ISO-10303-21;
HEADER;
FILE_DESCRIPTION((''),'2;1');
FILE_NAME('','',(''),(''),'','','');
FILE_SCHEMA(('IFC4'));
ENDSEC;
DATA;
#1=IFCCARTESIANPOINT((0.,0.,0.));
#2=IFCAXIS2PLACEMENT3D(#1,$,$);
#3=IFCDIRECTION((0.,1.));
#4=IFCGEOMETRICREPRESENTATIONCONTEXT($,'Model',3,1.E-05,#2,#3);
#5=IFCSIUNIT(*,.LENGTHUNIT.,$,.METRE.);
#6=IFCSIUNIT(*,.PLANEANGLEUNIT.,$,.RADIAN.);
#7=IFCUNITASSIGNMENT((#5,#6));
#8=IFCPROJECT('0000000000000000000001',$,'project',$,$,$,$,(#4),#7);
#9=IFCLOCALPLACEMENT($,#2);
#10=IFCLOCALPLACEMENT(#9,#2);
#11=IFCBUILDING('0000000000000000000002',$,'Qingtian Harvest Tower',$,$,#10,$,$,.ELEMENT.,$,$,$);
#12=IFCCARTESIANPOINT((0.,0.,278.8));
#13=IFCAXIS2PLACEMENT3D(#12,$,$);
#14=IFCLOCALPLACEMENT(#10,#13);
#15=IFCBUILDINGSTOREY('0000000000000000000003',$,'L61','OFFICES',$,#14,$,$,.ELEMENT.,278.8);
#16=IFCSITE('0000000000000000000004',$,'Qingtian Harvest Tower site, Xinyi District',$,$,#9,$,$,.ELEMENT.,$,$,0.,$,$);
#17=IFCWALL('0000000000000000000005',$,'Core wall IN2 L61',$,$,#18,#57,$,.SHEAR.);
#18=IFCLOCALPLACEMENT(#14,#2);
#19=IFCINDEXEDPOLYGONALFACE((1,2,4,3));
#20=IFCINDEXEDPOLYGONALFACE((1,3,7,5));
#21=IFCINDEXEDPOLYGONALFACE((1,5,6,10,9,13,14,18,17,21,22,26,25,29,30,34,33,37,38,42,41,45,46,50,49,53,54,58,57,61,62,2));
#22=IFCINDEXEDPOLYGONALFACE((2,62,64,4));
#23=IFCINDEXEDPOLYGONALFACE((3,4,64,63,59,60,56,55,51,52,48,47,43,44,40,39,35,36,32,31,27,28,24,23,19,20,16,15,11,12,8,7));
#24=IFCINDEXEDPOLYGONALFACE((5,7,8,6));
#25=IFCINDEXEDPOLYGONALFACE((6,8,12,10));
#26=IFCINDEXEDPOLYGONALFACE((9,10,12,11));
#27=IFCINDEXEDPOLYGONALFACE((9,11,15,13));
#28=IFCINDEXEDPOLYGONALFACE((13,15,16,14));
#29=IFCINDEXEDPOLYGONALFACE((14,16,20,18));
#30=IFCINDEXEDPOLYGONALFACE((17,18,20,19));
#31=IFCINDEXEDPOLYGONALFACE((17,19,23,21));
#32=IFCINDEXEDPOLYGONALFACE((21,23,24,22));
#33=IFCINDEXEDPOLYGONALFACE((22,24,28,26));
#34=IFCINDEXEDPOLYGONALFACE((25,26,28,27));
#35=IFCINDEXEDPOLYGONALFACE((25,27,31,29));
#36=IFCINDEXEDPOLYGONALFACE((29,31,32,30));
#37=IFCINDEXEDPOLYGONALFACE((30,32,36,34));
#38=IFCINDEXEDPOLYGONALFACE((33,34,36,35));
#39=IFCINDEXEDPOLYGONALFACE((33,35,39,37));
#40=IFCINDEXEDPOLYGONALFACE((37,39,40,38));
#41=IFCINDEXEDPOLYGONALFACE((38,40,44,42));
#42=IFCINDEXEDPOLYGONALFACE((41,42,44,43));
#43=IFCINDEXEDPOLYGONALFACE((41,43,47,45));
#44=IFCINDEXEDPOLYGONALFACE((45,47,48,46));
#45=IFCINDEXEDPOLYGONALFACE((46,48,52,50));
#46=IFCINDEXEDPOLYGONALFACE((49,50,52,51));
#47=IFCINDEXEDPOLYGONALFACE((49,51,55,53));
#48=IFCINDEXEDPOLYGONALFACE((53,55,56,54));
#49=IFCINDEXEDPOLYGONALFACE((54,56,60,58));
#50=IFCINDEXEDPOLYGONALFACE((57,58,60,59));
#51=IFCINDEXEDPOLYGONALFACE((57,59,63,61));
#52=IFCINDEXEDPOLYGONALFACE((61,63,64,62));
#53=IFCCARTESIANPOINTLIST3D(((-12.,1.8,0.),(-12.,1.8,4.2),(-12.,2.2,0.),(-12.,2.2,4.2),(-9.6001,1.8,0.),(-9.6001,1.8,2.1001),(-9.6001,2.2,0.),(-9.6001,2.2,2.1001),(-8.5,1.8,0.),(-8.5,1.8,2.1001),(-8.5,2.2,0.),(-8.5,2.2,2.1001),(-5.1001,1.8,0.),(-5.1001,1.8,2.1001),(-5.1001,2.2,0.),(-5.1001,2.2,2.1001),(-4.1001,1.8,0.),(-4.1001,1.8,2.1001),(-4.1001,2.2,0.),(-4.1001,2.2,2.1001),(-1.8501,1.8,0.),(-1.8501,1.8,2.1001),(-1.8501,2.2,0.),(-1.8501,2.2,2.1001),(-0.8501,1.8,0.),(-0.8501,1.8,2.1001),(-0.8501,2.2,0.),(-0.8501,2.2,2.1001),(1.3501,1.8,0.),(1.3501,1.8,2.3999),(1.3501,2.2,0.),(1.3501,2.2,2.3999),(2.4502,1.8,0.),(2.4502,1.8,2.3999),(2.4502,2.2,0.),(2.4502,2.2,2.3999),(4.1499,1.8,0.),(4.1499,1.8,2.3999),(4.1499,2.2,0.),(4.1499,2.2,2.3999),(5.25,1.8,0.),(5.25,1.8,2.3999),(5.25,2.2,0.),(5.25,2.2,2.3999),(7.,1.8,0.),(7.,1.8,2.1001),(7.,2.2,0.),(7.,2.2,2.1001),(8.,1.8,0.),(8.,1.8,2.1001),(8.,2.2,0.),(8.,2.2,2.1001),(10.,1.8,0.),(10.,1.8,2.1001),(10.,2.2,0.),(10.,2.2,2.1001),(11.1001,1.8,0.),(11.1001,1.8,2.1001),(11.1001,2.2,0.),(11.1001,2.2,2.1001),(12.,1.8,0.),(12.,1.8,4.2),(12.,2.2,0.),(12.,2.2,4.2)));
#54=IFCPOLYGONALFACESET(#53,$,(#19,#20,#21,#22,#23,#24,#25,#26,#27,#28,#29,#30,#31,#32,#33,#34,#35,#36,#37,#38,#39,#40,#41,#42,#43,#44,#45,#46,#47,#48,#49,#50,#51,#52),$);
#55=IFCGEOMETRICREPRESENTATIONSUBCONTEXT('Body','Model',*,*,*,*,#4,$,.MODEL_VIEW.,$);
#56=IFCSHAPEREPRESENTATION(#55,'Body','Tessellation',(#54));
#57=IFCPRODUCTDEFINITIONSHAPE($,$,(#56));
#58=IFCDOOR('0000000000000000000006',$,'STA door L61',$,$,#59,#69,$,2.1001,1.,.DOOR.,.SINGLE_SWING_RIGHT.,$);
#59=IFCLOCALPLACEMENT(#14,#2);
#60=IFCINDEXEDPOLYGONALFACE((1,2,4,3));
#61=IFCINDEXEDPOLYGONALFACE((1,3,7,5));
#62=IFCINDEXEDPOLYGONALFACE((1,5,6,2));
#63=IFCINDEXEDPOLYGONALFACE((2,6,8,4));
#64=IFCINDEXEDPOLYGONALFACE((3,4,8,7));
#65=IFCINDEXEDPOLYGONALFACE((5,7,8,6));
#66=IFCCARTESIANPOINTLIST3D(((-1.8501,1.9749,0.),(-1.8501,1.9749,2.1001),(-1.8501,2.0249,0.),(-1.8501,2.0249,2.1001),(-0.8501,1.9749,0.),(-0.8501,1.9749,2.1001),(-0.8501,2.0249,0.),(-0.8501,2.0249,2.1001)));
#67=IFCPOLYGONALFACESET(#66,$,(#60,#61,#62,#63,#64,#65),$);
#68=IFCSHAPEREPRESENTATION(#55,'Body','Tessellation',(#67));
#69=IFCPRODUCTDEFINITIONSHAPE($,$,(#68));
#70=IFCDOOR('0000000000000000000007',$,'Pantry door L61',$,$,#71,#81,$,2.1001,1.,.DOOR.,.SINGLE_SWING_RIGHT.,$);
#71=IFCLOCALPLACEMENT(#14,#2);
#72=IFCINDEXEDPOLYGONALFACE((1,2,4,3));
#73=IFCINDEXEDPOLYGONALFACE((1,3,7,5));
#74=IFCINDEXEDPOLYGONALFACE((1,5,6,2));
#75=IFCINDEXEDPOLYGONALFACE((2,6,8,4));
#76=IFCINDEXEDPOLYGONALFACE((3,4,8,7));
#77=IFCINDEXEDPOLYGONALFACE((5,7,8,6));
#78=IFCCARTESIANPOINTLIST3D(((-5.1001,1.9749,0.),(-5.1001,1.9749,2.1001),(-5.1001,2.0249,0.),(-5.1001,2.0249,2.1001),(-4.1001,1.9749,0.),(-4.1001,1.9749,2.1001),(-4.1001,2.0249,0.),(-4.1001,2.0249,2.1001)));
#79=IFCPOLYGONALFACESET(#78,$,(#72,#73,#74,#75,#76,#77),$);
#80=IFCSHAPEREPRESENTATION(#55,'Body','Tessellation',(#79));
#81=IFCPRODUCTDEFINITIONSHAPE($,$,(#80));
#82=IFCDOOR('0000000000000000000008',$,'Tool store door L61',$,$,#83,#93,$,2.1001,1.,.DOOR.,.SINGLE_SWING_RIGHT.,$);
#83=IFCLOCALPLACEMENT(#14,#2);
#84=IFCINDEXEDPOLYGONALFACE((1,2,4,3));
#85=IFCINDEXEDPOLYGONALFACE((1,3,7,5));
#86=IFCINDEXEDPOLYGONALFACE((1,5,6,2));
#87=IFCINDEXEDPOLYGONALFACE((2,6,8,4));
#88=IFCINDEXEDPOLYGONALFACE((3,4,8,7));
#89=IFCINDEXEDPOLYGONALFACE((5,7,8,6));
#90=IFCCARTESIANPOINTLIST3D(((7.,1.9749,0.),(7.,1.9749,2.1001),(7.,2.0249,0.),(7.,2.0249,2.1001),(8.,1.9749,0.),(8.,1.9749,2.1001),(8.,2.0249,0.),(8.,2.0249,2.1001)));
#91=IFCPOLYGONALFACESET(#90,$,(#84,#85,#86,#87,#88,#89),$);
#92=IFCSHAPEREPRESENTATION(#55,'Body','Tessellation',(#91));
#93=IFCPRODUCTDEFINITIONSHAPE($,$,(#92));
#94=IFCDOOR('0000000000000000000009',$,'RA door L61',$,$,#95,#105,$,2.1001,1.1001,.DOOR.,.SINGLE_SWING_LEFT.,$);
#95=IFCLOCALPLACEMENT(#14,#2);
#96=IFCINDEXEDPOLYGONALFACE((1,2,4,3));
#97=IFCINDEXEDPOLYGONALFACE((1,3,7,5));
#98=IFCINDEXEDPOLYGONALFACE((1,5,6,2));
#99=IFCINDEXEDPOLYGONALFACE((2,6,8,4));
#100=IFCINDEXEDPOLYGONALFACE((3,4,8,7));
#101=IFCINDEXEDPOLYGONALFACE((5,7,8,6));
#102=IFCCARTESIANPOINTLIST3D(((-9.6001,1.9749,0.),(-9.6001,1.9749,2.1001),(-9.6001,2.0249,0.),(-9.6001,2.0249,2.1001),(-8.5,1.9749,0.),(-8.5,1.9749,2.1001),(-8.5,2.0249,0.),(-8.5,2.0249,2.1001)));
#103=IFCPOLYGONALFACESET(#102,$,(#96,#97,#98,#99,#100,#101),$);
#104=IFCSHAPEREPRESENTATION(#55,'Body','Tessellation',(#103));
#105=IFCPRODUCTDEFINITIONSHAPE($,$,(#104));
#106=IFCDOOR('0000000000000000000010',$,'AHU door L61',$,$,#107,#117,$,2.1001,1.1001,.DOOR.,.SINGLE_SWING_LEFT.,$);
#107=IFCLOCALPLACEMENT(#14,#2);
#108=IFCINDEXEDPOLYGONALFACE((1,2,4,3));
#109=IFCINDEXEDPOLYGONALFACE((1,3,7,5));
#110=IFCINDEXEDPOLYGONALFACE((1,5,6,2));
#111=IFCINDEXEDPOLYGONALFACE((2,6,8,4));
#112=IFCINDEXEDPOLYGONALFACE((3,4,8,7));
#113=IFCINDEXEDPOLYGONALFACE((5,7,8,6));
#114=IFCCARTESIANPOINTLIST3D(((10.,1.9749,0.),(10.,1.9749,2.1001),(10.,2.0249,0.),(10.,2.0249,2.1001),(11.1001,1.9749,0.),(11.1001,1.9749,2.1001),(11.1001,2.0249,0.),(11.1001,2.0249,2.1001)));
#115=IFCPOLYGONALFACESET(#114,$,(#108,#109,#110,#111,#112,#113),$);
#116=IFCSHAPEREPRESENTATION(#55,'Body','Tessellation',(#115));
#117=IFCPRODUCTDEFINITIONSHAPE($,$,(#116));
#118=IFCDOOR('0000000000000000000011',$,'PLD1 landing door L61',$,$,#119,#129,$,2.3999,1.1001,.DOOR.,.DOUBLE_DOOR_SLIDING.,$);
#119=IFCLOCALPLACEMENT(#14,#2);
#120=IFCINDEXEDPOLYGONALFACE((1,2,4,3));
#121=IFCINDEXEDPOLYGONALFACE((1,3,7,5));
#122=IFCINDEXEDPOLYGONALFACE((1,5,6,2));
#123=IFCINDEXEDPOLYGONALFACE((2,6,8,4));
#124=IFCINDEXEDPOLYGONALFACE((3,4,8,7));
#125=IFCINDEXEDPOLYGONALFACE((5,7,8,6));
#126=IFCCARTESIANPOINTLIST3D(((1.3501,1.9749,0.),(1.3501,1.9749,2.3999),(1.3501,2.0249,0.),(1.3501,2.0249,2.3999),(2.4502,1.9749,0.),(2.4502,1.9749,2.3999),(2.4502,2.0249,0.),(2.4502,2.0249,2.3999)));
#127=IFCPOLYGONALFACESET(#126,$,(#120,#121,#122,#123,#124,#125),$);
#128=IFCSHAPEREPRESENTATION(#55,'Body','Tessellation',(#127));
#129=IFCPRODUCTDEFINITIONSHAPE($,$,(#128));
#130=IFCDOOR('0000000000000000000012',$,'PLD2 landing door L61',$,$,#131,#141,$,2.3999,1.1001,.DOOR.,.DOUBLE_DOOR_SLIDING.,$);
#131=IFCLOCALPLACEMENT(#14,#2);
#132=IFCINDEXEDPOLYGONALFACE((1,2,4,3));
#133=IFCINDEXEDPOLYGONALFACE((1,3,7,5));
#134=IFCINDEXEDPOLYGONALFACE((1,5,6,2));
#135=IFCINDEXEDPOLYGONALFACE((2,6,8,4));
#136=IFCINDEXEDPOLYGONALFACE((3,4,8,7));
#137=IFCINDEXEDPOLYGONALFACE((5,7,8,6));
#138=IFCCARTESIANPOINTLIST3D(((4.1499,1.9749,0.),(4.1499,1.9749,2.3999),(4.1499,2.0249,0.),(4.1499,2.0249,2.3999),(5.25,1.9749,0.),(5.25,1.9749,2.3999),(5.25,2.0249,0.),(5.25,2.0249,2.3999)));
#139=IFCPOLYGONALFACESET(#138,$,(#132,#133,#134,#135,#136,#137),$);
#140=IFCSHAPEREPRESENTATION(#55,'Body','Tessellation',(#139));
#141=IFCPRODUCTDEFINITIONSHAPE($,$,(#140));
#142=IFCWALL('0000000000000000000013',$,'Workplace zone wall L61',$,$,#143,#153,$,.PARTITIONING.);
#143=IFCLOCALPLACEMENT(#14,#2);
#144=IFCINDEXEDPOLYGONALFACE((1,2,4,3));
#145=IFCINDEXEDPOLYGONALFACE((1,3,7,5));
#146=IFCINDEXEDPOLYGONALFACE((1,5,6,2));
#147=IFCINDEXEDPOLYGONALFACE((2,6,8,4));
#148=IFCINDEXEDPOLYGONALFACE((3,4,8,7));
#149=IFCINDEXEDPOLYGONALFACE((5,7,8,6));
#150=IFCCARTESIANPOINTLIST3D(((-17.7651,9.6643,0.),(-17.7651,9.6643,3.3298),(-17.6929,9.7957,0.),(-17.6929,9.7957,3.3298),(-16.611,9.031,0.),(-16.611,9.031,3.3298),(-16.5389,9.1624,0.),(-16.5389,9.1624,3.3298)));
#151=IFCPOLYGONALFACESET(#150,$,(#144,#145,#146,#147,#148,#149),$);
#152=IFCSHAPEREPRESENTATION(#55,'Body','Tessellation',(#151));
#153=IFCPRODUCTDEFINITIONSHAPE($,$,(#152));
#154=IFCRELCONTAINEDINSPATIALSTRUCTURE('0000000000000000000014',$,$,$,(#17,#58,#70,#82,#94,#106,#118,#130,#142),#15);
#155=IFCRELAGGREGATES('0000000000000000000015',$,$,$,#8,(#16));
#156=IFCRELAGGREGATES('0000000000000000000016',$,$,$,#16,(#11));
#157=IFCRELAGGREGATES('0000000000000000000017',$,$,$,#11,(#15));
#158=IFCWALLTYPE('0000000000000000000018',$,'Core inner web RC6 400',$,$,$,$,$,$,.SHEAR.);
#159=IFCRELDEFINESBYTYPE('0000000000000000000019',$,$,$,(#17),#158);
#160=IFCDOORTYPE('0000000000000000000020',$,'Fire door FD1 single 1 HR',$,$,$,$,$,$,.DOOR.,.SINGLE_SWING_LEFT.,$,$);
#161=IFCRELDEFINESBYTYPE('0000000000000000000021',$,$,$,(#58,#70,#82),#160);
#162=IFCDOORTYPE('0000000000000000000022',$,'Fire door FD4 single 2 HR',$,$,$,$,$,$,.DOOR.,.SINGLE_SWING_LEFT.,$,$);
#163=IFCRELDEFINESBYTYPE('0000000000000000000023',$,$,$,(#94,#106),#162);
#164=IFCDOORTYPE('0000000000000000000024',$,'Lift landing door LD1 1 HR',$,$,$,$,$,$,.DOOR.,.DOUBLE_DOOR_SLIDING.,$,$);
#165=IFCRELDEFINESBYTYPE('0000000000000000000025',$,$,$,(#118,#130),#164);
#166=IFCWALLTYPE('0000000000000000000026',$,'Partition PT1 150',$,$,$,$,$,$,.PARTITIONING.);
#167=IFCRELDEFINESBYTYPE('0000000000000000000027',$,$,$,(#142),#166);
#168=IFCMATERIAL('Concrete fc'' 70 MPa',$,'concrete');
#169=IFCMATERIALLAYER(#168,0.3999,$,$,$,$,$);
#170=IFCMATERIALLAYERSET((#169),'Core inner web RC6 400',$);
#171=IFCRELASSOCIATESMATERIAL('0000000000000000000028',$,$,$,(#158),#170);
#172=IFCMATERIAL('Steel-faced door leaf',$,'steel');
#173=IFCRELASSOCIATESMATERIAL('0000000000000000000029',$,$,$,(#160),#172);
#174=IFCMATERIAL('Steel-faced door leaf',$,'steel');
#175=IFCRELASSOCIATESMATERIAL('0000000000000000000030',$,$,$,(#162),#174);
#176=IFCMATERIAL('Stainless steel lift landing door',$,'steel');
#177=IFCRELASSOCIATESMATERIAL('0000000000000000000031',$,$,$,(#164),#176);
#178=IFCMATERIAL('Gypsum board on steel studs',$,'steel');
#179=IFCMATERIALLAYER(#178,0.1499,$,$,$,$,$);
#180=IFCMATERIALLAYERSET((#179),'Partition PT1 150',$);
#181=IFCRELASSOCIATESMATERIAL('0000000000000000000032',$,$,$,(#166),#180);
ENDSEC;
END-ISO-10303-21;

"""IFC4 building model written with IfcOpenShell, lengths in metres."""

from ifc_helpers import new_model, si_unit, direction, frame, frame_2d, origin, place, context, subcontext, project, spatial, rectangle, extrude, material, layer, layer_set, type_object, element, fill, save


model = new_model("IFC4")

# Units and contexts
model_context = context("Model", 3, precision=1e-05, world=origin(), true_north=direction((0.0, 1.0)))
body_context = subcontext(model_context, "Body", "Model", "MODEL_VIEW")
ifc_project = project(units=[si_unit("LENGTHUNIT", "METRE"), si_unit("PLANEANGLEUNIT", "RADIAN")], contexts=[model_context])

# Site, building, storey
site_placement = place(None, origin())
site = spatial("IfcSite", under=ifc_project, at=site_placement, Name="Qingtian Harvest Tower site, Xinyi District", CompositionType="ELEMENT", RefElevation=0.0)
building_placement = place(site_placement, origin())
building = spatial("IfcBuilding", under=site, at=building_placement, Name="Qingtian Harvest Tower", CompositionType="ELEMENT")
storey_placement = place(building_placement, frame((0.0, 0.0, 278.8)))
storey = spatial("IfcBuildingStorey", under=building, at=storey_placement, Name="L61", Description="OFFICES", CompositionType="ELEMENT", Elevation=278.8)

# Wall, openings, doors
ifc_material_1 = material(Name="Concrete fc' 70 MPa", Category="concrete")
ifc_layer_1 = layer(ifc_material_1, 0.3999)
ifc_layer_set_1 = layer_set([ifc_layer_1], Name="Core inner web RC6 400")
wall_type_1 = type_object("IfcWallType", Name="Core inner web RC6 400", PredefinedType="SHEAR", material=ifc_layer_set_1)
wall_1_placement = place(storey_placement, frame((-12.0, 2.0, 0.0), z_axis=(0.0, 0.0, 1.0), x_axis=(1.0, 0.0, 0.0)))
wall_1 = element("IfcWall", 1, at=wall_1_placement, inside=storey, type_object=wall_type_1, Name="Core wall IN2 L61", PredefinedType="SHEAR", context=body_context, shape_type="SweptSolid", body=[
    extrude(rectangle(XDim=24.0, YDim=0.3999, at=frame_2d((12.0, 0.0))), origin(), (0.0, 0.0, 1.0), 4.2),
])
opening_1_placement = place(wall_1_placement, frame((2.3999, 0.0, 0.0)))
opening_1 = element("IfcOpeningElement", 2, at=opening_1_placement, cuts=wall_1, PredefinedType="OPENING", context=body_context, shape_type="SweptSolid", body=[
    extrude(rectangle(XDim=1.1001, YDim=2.1001, at=frame_2d((0.55, 1.05))), frame((0.0, 0.21, 0.0), z_axis=(0.0, -1.0, 0.0), x_axis=(1.0, 0.0, 0.0)), (0.0, 0.0, 1.0), 0.4199),
])
opening_2_placement = place(wall_1_placement, frame((22.0, 0.0, 0.0)))
opening_2 = element("IfcOpeningElement", 3, at=opening_2_placement, cuts=wall_1, PredefinedType="OPENING", context=body_context, shape_type="SweptSolid", body=[
    extrude(rectangle(XDim=1.1001, YDim=2.1001, at=frame_2d((0.55, 1.05))), frame((0.0, 0.21, 0.0), z_axis=(0.0, -1.0, 0.0), x_axis=(1.0, 0.0, 0.0)), (0.0, 0.0, 1.0), 0.4199),
])
opening_3_placement = place(wall_1_placement, frame((10.1499, 0.0, 0.0)))
opening_3 = element("IfcOpeningElement", 4, at=opening_3_placement, cuts=wall_1, PredefinedType="OPENING", context=body_context, shape_type="SweptSolid", body=[
    extrude(rectangle(XDim=1.0, YDim=2.1001, at=frame_2d((0.5, 1.05))), frame((0.0, 0.21, 0.0), z_axis=(0.0, -1.0, 0.0), x_axis=(1.0, 0.0, 0.0)), (0.0, 0.0, 1.0), 0.4199),
])
opening_4_placement = place(wall_1_placement, frame((6.8999, 0.0, 0.0)))
opening_4 = element("IfcOpeningElement", 5, at=opening_4_placement, cuts=wall_1, PredefinedType="OPENING", context=body_context, shape_type="SweptSolid", body=[
    extrude(rectangle(XDim=1.0, YDim=2.1001, at=frame_2d((0.5, 1.05))), frame((0.0, 0.21, 0.0), z_axis=(0.0, -1.0, 0.0), x_axis=(1.0, 0.0, 0.0)), (0.0, 0.0, 1.0), 0.4199),
])
opening_5_placement = place(wall_1_placement, frame((13.3501, 0.0, 0.0)))
opening_5 = element("IfcOpeningElement", 6, at=opening_5_placement, cuts=wall_1, PredefinedType="OPENING", context=body_context, shape_type="SweptSolid", body=[
    extrude(rectangle(XDim=1.1001, YDim=2.3999, at=frame_2d((0.55, 1.2))), frame((0.0, 0.21, 0.0), z_axis=(0.0, -1.0, 0.0), x_axis=(1.0, 0.0, 0.0)), (0.0, 0.0, 1.0), 0.4199),
])
opening_6_placement = place(wall_1_placement, frame((16.1499, 0.0, 0.0)))
opening_6 = element("IfcOpeningElement", 7, at=opening_6_placement, cuts=wall_1, PredefinedType="OPENING", context=body_context, shape_type="SweptSolid", body=[
    extrude(rectangle(XDim=1.1001, YDim=2.3999, at=frame_2d((0.55, 1.2))), frame((0.0, 0.21, 0.0), z_axis=(0.0, -1.0, 0.0), x_axis=(1.0, 0.0, 0.0)), (0.0, 0.0, 1.0), 0.4199),
])
opening_7_placement = place(wall_1_placement, frame((19.0, 0.0, 0.0)))
opening_7 = element("IfcOpeningElement", 8, at=opening_7_placement, cuts=wall_1, PredefinedType="OPENING", context=body_context, shape_type="SweptSolid", body=[
    extrude(rectangle(XDim=1.0, YDim=2.1001, at=frame_2d((0.5, 1.05))), frame((0.0, 0.21, 0.0), z_axis=(0.0, -1.0, 0.0), x_axis=(1.0, 0.0, 0.0)), (0.0, 0.0, 1.0), 0.4199),
])
ifc_material_2 = material(Name="Steel-faced door leaf", Category="steel")
door_type_1 = type_object("IfcDoorType", Name="Fire door FD1 single 1 HR", OperationType="SINGLE_SWING_LEFT", PredefinedType="DOOR", material=ifc_material_2)
door_1_placement = place(opening_3_placement, origin())
door_1 = element("IfcDoor", 9, at=door_1_placement, inside=storey, type_object=door_type_1, Name="STA door L61", OperationType="SINGLE_SWING_RIGHT", OverallHeight=2.1001, OverallWidth=1.0, PredefinedType="DOOR", context=body_context, shape_type="SweptSolid", body=[
    extrude(rectangle(XDim=1.0, YDim=2.1001, at=frame_2d((0.5, 1.05))), frame((0.0, 0.0249, 0.0), z_axis=(0.0, -1.0, 0.0), x_axis=(1.0, 0.0, 0.0)), (0.0, 0.0, 1.0), 0.05),
])
fill(opening_3, door_1)
door_2_placement = place(opening_4_placement, origin())
door_2 = element("IfcDoor", 10, at=door_2_placement, inside=storey, type_object=door_type_1, Name="Pantry door L61", OperationType="SINGLE_SWING_RIGHT", OverallHeight=2.1001, OverallWidth=1.0, PredefinedType="DOOR", context=body_context, shape_type="SweptSolid", body=[
    extrude(rectangle(XDim=1.0, YDim=2.1001, at=frame_2d((0.5, 1.05))), frame((0.0, 0.0249, 0.0), z_axis=(0.0, -1.0, 0.0), x_axis=(1.0, 0.0, 0.0)), (0.0, 0.0, 1.0), 0.05),
])
fill(opening_4, door_2)
door_3_placement = place(opening_7_placement, origin())
door_3 = element("IfcDoor", 11, at=door_3_placement, inside=storey, type_object=door_type_1, Name="Tool store door L61", OperationType="SINGLE_SWING_RIGHT", OverallHeight=2.1001, OverallWidth=1.0, PredefinedType="DOOR", context=body_context, shape_type="SweptSolid", body=[
    extrude(rectangle(XDim=1.0, YDim=2.1001, at=frame_2d((0.5, 1.05))), frame((0.0, 0.0249, 0.0), z_axis=(0.0, -1.0, 0.0), x_axis=(1.0, 0.0, 0.0)), (0.0, 0.0, 1.0), 0.05),
])
fill(opening_7, door_3)
ifc_material_3 = material(Name="Steel-faced door leaf", Category="steel")
door_type_2 = type_object("IfcDoorType", Name="Fire door FD4 single 2 HR", OperationType="SINGLE_SWING_LEFT", PredefinedType="DOOR", material=ifc_material_3)
door_4_placement = place(opening_1_placement, origin())
door_4 = element("IfcDoor", 12, at=door_4_placement, inside=storey, type_object=door_type_2, Name="RA door L61", OperationType="SINGLE_SWING_LEFT", OverallHeight=2.1001, OverallWidth=1.1001, PredefinedType="DOOR", context=body_context, shape_type="SweptSolid", body=[
    extrude(rectangle(XDim=1.1001, YDim=2.1001, at=frame_2d((0.55, 1.05))), frame((0.0, 0.0249, 0.0), z_axis=(0.0, -1.0, 0.0), x_axis=(1.0, 0.0, 0.0)), (0.0, 0.0, 1.0), 0.05),
])
fill(opening_1, door_4)
door_5_placement = place(opening_2_placement, origin())
door_5 = element("IfcDoor", 13, at=door_5_placement, inside=storey, type_object=door_type_2, Name="AHU door L61", OperationType="SINGLE_SWING_LEFT", OverallHeight=2.1001, OverallWidth=1.1001, PredefinedType="DOOR", context=body_context, shape_type="SweptSolid", body=[
    extrude(rectangle(XDim=1.1001, YDim=2.1001, at=frame_2d((0.55, 1.05))), frame((0.0, 0.0249, 0.0), z_axis=(0.0, -1.0, 0.0), x_axis=(1.0, 0.0, 0.0)), (0.0, 0.0, 1.0), 0.05),
])
fill(opening_2, door_5)
ifc_material_4 = material(Name="Stainless steel lift landing door", Category="steel")
door_type_3 = type_object("IfcDoorType", Name="Lift landing door LD1 1 HR", OperationType="DOUBLE_DOOR_SLIDING", PredefinedType="DOOR", material=ifc_material_4)
door_6_placement = place(opening_5_placement, origin())
door_6 = element("IfcDoor", 14, at=door_6_placement, inside=storey, type_object=door_type_3, Name="PLD1 landing door L61", OperationType="DOUBLE_DOOR_SLIDING", OverallHeight=2.3999, OverallWidth=1.1001, PredefinedType="DOOR", context=body_context, shape_type="SweptSolid", body=[
    extrude(rectangle(XDim=1.1001, YDim=2.3999, at=frame_2d((0.55, 1.2))), frame((0.0, 0.0249, 0.0), z_axis=(0.0, -1.0, 0.0), x_axis=(1.0, 0.0, 0.0)), (0.0, 0.0, 1.0), 0.05),
])
fill(opening_5, door_6)
door_7_placement = place(opening_6_placement, origin())
door_7 = element("IfcDoor", 15, at=door_7_placement, inside=storey, type_object=door_type_3, Name="PLD2 landing door L61", OperationType="DOUBLE_DOOR_SLIDING", OverallHeight=2.3999, OverallWidth=1.1001, PredefinedType="DOOR", context=body_context, shape_type="SweptSolid", body=[
    extrude(rectangle(XDim=1.1001, YDim=2.3999, at=frame_2d((0.55, 1.2))), frame((0.0, 0.0249, 0.0), z_axis=(0.0, -1.0, 0.0), x_axis=(1.0, 0.0, 0.0)), (0.0, 0.0, 1.0), 0.05),
])
fill(opening_6, door_7)

# Wall
ifc_material_5 = material(Name="Gypsum board on steel studs", Category="steel")
ifc_layer_2 = layer(ifc_material_5, 0.1499)
ifc_layer_set_2 = layer_set([ifc_layer_2], Name="Partition PT1 150")
wall_type_2 = type_object("IfcWallType", Name="Partition PT1 150", PredefinedType="PARTITIONING", material=ifc_layer_set_2)
wall_2_placement = place(storey_placement, frame((-17.729, 9.73, 0.0), z_axis=(0.0, 0.0, 1.0), x_axis=(0.876674, -0.481086, 0.0)))
element("IfcWall", 16, at=wall_2_placement, inside=storey, type_object=wall_type_2, Name="Workplace zone wall L61", PredefinedType="PARTITIONING", context=body_context, shape_type="SweptSolid", body=[
    extrude(rectangle(XDim=1.3164, YDim=0.1499, at=frame_2d((0.6582, 0.0))), origin(), (0.0, 0.0, 1.0), 3.3298),
])

save(model, "model.ifc")
